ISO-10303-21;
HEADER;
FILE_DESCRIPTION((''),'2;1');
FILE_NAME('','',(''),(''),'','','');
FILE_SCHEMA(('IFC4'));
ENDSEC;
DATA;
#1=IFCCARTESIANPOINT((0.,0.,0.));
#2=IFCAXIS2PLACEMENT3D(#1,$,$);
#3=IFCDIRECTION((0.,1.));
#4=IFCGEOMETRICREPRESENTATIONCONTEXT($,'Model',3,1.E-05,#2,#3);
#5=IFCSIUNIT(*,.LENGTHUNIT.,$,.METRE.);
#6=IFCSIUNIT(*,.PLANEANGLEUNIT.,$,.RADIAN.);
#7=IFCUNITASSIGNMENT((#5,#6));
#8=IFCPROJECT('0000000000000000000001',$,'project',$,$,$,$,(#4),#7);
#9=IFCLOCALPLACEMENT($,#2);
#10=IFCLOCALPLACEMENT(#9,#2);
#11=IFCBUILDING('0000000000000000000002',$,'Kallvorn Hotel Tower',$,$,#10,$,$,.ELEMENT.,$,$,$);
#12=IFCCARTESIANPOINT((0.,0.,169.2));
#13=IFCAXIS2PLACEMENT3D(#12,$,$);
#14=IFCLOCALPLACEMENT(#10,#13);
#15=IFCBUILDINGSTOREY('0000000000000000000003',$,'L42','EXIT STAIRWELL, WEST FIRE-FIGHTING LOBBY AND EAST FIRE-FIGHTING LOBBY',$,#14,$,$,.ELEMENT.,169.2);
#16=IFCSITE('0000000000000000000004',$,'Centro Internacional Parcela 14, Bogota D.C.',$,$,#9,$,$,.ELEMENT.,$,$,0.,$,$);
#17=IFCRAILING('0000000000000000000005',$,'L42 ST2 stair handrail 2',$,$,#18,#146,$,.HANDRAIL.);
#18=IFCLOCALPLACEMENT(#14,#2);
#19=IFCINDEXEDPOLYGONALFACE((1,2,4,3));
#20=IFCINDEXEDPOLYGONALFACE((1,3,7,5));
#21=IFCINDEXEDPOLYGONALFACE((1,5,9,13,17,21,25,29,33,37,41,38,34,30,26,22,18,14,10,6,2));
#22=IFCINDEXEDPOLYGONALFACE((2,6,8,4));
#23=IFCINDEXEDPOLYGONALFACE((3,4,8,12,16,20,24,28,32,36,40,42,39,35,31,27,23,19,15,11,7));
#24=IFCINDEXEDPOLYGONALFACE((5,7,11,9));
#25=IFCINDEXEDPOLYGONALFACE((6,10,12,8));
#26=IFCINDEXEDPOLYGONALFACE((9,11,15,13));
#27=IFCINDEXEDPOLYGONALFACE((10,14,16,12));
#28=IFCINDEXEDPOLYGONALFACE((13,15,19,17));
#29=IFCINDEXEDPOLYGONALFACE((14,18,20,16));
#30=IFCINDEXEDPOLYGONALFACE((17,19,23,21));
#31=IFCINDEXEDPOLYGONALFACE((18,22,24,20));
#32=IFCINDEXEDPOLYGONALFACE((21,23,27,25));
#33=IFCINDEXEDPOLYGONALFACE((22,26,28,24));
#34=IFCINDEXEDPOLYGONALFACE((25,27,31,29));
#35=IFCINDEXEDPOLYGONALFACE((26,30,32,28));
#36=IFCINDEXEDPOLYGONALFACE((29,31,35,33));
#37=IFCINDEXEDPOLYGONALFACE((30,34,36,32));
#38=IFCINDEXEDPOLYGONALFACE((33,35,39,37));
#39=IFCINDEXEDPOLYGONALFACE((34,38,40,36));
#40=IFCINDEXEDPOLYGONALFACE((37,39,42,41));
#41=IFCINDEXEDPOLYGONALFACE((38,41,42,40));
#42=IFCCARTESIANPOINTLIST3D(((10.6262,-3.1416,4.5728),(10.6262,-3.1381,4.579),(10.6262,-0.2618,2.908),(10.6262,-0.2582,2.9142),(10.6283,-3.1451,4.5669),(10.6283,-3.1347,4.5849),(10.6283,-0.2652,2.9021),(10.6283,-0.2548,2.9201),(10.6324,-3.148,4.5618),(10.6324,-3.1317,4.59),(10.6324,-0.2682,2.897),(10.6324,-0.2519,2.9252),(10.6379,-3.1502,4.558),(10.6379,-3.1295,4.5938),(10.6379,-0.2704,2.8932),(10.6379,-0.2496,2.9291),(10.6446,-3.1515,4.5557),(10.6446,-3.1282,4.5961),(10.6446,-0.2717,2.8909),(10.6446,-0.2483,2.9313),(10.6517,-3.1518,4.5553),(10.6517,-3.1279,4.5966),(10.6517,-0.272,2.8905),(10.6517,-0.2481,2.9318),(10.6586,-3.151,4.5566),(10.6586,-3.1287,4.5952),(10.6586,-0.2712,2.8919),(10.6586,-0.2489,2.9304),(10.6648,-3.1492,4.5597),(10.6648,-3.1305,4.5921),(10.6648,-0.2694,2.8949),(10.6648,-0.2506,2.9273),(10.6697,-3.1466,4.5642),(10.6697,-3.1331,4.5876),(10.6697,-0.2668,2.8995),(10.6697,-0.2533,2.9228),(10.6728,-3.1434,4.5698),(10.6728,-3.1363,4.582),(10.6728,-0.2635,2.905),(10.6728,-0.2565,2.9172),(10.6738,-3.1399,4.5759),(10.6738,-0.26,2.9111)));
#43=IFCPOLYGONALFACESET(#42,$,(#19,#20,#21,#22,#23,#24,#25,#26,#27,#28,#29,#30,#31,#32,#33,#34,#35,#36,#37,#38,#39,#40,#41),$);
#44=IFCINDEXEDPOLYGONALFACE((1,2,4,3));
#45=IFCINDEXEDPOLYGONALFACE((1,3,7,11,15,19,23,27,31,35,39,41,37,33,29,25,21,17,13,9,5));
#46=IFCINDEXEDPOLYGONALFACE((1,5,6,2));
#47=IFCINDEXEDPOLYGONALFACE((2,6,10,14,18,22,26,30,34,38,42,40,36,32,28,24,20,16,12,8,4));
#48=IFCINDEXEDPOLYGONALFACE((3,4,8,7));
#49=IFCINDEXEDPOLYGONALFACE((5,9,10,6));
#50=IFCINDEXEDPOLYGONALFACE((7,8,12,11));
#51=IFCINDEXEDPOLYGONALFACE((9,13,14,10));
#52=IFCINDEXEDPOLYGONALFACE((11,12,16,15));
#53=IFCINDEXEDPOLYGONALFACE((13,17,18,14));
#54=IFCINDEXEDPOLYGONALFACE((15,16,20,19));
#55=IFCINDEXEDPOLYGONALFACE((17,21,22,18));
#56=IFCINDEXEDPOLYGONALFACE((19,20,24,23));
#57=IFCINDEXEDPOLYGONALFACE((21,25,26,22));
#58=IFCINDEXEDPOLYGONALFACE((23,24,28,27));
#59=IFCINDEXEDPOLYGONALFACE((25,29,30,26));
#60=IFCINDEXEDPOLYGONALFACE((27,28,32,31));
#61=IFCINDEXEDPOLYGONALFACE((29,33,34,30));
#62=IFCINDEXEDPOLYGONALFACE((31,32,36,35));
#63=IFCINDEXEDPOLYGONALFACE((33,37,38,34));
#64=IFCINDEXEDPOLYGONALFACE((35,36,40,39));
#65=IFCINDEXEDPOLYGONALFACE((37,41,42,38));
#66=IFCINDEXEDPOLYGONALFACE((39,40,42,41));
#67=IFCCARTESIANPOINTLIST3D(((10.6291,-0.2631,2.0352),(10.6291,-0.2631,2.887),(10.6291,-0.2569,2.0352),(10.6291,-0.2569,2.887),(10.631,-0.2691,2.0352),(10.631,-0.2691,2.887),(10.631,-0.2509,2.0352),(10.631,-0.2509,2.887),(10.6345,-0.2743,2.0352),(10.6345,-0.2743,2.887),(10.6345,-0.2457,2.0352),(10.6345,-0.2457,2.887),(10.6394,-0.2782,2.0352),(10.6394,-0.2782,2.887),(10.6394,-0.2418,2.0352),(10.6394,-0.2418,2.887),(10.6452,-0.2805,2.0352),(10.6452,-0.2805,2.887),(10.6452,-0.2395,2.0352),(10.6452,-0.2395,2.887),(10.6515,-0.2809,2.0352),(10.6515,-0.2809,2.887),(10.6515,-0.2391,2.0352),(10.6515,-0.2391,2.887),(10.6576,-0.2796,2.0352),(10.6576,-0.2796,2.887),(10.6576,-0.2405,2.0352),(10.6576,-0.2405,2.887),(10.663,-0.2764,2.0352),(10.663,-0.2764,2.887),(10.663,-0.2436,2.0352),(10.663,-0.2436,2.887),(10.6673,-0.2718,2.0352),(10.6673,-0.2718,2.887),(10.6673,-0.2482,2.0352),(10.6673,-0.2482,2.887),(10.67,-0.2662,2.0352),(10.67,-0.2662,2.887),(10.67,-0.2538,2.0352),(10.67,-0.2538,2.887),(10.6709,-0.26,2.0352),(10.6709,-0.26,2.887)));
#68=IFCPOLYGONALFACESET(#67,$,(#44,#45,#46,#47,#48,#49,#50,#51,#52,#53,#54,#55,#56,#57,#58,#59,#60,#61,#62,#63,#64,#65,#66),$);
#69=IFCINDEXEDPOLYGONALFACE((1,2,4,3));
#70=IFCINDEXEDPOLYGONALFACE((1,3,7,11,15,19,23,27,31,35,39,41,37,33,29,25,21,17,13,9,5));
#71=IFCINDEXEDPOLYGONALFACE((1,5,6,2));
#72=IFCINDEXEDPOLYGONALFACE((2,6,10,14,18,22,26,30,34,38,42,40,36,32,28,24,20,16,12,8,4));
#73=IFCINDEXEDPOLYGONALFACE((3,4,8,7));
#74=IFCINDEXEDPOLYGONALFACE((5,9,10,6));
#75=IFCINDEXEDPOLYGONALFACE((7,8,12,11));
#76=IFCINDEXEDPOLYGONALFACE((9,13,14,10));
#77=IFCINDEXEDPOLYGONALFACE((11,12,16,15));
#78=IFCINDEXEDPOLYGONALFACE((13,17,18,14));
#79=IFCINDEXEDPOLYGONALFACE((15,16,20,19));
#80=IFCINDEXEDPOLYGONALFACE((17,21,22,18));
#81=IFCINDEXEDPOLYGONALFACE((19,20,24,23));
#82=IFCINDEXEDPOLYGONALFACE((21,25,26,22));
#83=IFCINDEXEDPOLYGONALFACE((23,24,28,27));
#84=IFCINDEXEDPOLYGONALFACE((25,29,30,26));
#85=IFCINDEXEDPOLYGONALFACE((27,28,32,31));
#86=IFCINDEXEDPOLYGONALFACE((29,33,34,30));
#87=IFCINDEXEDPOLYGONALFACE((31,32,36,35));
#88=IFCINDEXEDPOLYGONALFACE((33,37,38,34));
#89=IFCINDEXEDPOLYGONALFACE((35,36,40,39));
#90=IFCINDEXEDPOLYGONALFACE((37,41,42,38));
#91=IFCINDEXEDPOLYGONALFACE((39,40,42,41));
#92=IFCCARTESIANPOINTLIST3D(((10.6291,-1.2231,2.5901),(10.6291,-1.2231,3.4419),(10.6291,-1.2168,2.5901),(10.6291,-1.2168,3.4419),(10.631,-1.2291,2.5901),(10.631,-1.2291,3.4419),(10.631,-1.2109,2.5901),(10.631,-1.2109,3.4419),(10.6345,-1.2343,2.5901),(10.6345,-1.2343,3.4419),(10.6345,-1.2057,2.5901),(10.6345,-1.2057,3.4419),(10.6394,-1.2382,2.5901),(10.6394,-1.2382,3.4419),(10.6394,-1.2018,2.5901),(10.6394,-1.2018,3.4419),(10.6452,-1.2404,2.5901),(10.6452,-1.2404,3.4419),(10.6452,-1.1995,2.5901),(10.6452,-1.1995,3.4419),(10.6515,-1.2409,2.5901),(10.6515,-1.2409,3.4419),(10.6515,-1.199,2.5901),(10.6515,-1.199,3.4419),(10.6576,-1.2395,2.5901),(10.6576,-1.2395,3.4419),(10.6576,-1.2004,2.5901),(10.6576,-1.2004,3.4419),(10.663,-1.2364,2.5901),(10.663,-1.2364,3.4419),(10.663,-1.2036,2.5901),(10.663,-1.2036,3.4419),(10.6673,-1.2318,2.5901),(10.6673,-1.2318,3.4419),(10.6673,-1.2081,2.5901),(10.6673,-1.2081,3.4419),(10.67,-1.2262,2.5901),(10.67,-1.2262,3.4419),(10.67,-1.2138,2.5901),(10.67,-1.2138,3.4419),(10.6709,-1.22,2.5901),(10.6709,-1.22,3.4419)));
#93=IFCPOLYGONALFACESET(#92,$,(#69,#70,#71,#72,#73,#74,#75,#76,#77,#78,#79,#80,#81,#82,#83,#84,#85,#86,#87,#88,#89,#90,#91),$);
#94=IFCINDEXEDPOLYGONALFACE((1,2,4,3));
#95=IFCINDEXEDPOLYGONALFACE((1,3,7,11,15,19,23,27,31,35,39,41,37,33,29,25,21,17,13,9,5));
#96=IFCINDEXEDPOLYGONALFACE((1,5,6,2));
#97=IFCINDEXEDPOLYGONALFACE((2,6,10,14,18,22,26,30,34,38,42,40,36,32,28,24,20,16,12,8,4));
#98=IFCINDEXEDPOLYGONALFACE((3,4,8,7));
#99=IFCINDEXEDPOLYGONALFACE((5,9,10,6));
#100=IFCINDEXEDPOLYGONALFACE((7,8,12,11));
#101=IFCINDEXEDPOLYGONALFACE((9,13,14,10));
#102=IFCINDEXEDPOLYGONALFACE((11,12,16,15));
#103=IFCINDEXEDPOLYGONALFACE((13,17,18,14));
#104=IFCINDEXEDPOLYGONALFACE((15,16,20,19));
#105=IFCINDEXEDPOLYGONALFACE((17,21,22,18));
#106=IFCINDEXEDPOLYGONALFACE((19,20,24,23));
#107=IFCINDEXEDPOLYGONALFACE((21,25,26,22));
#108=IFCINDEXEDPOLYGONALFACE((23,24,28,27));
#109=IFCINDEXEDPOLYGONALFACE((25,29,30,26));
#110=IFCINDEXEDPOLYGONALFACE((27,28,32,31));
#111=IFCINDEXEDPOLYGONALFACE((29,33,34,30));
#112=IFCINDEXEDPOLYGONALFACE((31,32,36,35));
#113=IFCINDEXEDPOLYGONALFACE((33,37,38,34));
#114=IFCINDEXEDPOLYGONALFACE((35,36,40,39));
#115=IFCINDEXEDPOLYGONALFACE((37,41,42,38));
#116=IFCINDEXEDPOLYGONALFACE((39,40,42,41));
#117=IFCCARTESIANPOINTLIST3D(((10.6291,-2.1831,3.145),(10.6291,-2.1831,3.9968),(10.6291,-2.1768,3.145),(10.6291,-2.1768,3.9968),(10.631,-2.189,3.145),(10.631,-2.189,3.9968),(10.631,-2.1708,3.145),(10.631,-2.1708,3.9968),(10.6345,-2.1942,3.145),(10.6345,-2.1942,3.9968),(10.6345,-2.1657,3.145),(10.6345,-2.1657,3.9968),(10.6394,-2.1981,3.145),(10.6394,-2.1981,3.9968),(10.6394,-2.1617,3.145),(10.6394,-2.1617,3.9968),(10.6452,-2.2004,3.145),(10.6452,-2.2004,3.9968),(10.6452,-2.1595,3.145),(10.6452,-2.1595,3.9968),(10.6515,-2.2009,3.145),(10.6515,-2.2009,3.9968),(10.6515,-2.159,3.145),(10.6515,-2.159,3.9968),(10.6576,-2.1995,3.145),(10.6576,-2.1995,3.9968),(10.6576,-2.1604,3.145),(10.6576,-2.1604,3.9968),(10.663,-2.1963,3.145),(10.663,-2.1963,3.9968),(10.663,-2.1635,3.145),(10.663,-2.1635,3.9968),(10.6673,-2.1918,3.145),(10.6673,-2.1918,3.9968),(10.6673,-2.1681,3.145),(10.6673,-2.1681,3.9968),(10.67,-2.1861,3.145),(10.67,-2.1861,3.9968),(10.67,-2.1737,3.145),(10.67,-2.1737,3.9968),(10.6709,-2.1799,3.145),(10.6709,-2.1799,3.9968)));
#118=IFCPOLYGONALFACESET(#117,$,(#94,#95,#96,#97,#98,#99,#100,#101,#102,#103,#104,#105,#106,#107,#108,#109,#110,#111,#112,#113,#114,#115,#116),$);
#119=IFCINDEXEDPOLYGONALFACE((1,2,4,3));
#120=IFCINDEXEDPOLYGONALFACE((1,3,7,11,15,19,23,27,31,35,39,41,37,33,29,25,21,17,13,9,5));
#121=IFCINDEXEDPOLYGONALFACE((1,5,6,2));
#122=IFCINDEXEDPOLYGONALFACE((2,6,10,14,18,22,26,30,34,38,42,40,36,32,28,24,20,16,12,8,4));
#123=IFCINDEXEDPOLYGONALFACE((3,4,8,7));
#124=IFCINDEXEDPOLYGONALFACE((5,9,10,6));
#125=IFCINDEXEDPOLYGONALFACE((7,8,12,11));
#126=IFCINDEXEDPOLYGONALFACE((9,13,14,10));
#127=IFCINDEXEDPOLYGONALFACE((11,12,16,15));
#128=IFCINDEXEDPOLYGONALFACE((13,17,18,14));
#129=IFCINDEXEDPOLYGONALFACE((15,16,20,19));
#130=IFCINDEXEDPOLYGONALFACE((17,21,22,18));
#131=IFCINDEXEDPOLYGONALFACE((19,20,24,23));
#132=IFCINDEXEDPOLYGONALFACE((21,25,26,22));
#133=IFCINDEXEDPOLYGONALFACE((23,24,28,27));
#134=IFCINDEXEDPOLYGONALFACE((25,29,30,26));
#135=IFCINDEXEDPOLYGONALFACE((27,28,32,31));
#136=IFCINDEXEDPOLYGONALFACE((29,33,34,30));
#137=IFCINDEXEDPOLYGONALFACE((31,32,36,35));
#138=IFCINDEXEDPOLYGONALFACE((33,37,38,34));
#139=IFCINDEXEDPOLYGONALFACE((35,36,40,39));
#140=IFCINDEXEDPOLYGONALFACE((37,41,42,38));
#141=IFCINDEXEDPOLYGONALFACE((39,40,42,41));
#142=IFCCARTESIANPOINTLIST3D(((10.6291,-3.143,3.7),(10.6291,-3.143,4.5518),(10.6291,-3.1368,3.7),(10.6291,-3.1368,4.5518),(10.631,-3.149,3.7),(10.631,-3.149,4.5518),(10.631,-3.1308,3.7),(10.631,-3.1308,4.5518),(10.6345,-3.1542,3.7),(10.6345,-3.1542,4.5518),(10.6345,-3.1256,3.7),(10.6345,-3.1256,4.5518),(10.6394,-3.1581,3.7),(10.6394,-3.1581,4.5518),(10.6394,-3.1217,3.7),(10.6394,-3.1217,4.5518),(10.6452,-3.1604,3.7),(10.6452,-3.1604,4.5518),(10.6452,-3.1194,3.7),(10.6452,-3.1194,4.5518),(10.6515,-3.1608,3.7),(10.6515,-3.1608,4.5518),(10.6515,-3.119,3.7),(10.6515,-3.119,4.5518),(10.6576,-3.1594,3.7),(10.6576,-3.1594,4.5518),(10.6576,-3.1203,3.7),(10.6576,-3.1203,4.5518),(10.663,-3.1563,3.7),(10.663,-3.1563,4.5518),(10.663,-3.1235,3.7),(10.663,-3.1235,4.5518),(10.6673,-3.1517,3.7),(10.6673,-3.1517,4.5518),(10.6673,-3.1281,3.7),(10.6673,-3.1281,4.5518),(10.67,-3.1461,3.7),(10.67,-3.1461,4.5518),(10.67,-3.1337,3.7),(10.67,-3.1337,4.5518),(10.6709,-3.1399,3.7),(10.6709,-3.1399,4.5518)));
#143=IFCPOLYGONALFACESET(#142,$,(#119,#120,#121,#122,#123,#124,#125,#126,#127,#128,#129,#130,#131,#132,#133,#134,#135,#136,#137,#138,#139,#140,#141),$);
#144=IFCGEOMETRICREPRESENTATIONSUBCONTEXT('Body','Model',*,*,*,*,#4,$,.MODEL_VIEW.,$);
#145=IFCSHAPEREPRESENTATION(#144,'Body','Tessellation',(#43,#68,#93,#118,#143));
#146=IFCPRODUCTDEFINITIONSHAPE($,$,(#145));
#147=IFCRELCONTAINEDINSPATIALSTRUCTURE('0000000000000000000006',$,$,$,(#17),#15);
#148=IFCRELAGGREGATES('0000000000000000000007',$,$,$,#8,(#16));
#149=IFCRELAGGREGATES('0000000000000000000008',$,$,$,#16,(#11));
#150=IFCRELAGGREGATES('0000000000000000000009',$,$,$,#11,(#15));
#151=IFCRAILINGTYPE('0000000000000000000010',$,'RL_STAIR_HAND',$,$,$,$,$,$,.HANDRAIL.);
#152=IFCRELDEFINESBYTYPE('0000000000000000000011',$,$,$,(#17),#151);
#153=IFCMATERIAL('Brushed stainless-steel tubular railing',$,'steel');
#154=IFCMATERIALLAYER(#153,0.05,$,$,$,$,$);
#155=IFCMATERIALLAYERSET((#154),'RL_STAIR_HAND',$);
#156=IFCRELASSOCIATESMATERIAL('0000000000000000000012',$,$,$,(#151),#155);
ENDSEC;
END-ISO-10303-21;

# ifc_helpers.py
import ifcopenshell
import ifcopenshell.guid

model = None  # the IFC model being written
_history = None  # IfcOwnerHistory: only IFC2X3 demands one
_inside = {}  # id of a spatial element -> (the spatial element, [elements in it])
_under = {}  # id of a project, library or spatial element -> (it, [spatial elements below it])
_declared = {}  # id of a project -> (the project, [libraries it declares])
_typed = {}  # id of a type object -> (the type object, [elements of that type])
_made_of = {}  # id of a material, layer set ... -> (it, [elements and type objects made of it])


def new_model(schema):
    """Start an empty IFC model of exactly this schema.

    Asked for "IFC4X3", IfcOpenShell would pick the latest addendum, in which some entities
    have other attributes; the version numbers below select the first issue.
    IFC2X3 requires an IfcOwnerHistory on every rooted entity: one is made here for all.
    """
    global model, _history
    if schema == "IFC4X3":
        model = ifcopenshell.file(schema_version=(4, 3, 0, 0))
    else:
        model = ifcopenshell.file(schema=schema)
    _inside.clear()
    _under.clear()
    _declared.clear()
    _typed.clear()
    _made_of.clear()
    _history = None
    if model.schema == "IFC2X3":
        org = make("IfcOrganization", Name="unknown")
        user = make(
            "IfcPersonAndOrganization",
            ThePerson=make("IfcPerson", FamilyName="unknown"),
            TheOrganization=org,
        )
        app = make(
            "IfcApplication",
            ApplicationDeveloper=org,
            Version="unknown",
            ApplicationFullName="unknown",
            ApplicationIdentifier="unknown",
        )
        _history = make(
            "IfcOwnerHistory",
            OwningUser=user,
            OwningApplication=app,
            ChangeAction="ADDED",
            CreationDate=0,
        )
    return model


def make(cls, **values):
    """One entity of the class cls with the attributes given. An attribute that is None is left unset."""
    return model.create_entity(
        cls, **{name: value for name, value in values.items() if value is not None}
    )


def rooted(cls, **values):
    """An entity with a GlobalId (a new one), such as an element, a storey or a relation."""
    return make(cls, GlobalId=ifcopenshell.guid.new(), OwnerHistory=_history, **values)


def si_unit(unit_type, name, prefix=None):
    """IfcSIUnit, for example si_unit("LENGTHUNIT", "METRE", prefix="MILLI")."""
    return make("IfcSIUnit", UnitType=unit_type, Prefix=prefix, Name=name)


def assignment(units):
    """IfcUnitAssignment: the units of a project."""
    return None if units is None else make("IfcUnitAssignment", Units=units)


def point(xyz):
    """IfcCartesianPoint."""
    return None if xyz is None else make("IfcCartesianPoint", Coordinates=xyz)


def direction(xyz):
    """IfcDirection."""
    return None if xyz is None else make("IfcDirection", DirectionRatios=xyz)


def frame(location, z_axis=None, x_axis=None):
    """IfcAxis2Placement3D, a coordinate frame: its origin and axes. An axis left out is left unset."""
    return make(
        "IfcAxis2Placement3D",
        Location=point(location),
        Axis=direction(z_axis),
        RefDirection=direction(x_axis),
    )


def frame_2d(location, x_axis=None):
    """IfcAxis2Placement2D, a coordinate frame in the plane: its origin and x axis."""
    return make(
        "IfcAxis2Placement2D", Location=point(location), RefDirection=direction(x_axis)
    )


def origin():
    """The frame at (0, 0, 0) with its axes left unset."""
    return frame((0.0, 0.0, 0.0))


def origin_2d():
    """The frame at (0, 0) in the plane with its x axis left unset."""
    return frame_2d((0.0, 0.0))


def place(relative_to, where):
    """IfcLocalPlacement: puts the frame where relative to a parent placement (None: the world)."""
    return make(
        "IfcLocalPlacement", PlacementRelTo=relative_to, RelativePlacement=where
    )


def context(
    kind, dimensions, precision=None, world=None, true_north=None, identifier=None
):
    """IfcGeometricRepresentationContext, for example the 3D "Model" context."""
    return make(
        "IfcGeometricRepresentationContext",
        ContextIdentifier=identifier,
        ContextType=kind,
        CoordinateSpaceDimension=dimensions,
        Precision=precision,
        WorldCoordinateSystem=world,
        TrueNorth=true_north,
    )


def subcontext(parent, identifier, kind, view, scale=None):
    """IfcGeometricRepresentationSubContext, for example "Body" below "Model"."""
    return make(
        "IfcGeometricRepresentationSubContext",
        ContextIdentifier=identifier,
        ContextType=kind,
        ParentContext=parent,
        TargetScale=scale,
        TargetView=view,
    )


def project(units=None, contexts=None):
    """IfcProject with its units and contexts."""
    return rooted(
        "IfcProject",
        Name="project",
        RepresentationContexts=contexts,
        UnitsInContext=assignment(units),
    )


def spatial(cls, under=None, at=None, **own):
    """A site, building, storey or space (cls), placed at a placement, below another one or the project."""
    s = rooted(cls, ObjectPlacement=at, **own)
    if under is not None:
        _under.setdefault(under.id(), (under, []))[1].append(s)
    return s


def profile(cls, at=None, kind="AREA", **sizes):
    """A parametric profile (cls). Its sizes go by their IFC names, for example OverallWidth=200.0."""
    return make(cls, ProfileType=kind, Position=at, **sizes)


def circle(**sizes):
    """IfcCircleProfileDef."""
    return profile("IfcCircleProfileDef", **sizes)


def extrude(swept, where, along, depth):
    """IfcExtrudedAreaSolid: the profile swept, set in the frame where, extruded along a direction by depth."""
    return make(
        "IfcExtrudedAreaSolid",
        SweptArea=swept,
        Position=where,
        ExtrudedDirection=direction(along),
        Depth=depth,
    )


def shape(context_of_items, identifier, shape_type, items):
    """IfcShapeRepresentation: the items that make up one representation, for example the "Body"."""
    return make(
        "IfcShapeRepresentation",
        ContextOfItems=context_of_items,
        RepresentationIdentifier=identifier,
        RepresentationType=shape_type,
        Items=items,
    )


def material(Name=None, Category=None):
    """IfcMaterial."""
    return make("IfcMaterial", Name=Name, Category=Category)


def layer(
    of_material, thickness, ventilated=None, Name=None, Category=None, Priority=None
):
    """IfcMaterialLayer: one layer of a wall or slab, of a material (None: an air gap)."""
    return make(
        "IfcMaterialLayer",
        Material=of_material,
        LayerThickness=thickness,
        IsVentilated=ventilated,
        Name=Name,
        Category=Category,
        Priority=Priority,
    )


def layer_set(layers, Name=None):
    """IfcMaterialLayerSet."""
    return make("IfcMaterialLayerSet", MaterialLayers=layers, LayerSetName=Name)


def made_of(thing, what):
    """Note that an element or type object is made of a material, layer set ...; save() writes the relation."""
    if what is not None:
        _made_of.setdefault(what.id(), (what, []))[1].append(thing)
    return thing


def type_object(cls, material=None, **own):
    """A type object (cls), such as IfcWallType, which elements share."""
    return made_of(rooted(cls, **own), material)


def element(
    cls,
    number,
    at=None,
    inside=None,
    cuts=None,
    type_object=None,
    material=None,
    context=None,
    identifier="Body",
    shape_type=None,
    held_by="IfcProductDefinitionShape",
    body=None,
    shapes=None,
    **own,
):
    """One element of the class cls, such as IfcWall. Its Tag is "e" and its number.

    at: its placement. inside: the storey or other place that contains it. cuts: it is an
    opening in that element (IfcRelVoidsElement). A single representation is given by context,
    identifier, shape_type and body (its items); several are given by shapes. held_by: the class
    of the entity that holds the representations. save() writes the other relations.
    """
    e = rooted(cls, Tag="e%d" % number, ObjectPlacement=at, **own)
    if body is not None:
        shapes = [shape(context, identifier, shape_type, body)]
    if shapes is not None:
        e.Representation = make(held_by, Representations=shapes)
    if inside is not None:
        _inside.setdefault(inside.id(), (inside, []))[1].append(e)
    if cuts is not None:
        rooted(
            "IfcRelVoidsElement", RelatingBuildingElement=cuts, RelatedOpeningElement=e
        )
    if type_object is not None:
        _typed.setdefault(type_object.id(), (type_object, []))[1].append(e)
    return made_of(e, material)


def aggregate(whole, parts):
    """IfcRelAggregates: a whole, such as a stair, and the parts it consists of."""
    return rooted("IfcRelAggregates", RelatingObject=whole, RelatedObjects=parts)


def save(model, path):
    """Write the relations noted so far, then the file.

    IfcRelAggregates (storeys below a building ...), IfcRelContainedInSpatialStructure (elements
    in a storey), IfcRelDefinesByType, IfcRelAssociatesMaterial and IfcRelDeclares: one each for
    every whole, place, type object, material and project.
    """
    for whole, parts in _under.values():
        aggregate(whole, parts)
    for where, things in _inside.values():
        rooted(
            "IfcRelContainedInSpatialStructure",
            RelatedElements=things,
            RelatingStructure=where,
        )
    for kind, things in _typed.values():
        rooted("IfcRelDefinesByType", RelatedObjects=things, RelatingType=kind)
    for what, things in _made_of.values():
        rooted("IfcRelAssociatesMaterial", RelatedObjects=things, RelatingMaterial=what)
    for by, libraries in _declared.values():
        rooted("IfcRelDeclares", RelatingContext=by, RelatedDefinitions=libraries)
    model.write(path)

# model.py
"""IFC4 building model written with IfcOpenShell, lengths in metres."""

from ifc_helpers import new_model, si_unit, direction, frame, origin, origin_2d, place, context, subcontext, project, spatial, circle, extrude, material, layer, layer_set, type_object, element, save


model = new_model("IFC4")

# Units and contexts
model_context = context("Model", 3, precision=1e-05, world=origin(), true_north=direction((0.0, 1.0)))
body_context = subcontext(model_context, "Body", "Model", "MODEL_VIEW")
ifc_project = project(units=[si_unit("LENGTHUNIT", "METRE"), si_unit("PLANEANGLEUNIT", "RADIAN")], contexts=[model_context])

# Site, building, storey
site_placement = place(None, origin())
site = spatial("IfcSite", under=ifc_project, at=site_placement, Name="Centro Internacional Parcela 14, Bogota D.C.", CompositionType="ELEMENT", RefElevation=0.0)
building_placement = place(site_placement, origin())
building = spatial("IfcBuilding", under=site, at=building_placement, Name="Kallvorn Hotel Tower", CompositionType="ELEMENT")
storey_placement = place(building_placement, frame((0.0, 0.0, 169.2)))
storey = spatial("IfcBuildingStorey", under=building, at=storey_placement, Name="L42", Description="EXIT STAIRWELL, WEST FIRE-FIGHTING LOBBY AND EAST FIRE-FIGHTING LOBBY", CompositionType="ELEMENT", Elevation=169.2)

# Railing
ifc_material_1 = material(Name="Brushed stainless-steel tubular railing", Category="steel")
ifc_layer_1 = layer(ifc_material_1, 0.05)
ifc_layer_set_1 = layer_set([ifc_layer_1], Name="RL_STAIR_HAND")
railing_type_1 = type_object("IfcRailingType", Name="RL_STAIR_HAND", PredefinedType="HANDRAIL", material=ifc_layer_set_1)
railing_1_placement = place(storey_placement, frame((10.6499, -0.26, 2.0352)))
element("IfcRailing", 1, at=railing_1_placement, inside=storey, type_object=railing_type_1, Name="L42 ST2 stair handrail 2", PredefinedType="HANDRAIL", context=body_context, shape_type="SweptSolid", body=[
    extrude(circle(Radius=0.0239, at=origin_2d()), frame((0.0, 0.0, 0.876), z_axis=(0.0, -0.865753, 0.500472), x_axis=(1.0, 0.0, 0.0)), (0.0, 0.0, 1.0), 3.3264),
    extrude(circle(Radius=0.021, at=origin_2d()), origin(), (0.0, 0.0, 1.0), 0.8518),
    extrude(circle(Radius=0.021, at=origin_2d()), frame((0.0, -0.96, 0.5549)), (0.0, 0.0, 1.0), 0.8518),
    extrude(circle(Radius=0.021, at=origin_2d()), frame((0.0, -1.9199, 1.1099)), (0.0, 0.0, 1.0), 0.8518),
    extrude(circle(Radius=0.021, at=origin_2d()), frame((0.0, -2.8799, 1.6648)), (0.0, 0.0, 1.0), 0.8518),
])

save(model, "model.ifc")
